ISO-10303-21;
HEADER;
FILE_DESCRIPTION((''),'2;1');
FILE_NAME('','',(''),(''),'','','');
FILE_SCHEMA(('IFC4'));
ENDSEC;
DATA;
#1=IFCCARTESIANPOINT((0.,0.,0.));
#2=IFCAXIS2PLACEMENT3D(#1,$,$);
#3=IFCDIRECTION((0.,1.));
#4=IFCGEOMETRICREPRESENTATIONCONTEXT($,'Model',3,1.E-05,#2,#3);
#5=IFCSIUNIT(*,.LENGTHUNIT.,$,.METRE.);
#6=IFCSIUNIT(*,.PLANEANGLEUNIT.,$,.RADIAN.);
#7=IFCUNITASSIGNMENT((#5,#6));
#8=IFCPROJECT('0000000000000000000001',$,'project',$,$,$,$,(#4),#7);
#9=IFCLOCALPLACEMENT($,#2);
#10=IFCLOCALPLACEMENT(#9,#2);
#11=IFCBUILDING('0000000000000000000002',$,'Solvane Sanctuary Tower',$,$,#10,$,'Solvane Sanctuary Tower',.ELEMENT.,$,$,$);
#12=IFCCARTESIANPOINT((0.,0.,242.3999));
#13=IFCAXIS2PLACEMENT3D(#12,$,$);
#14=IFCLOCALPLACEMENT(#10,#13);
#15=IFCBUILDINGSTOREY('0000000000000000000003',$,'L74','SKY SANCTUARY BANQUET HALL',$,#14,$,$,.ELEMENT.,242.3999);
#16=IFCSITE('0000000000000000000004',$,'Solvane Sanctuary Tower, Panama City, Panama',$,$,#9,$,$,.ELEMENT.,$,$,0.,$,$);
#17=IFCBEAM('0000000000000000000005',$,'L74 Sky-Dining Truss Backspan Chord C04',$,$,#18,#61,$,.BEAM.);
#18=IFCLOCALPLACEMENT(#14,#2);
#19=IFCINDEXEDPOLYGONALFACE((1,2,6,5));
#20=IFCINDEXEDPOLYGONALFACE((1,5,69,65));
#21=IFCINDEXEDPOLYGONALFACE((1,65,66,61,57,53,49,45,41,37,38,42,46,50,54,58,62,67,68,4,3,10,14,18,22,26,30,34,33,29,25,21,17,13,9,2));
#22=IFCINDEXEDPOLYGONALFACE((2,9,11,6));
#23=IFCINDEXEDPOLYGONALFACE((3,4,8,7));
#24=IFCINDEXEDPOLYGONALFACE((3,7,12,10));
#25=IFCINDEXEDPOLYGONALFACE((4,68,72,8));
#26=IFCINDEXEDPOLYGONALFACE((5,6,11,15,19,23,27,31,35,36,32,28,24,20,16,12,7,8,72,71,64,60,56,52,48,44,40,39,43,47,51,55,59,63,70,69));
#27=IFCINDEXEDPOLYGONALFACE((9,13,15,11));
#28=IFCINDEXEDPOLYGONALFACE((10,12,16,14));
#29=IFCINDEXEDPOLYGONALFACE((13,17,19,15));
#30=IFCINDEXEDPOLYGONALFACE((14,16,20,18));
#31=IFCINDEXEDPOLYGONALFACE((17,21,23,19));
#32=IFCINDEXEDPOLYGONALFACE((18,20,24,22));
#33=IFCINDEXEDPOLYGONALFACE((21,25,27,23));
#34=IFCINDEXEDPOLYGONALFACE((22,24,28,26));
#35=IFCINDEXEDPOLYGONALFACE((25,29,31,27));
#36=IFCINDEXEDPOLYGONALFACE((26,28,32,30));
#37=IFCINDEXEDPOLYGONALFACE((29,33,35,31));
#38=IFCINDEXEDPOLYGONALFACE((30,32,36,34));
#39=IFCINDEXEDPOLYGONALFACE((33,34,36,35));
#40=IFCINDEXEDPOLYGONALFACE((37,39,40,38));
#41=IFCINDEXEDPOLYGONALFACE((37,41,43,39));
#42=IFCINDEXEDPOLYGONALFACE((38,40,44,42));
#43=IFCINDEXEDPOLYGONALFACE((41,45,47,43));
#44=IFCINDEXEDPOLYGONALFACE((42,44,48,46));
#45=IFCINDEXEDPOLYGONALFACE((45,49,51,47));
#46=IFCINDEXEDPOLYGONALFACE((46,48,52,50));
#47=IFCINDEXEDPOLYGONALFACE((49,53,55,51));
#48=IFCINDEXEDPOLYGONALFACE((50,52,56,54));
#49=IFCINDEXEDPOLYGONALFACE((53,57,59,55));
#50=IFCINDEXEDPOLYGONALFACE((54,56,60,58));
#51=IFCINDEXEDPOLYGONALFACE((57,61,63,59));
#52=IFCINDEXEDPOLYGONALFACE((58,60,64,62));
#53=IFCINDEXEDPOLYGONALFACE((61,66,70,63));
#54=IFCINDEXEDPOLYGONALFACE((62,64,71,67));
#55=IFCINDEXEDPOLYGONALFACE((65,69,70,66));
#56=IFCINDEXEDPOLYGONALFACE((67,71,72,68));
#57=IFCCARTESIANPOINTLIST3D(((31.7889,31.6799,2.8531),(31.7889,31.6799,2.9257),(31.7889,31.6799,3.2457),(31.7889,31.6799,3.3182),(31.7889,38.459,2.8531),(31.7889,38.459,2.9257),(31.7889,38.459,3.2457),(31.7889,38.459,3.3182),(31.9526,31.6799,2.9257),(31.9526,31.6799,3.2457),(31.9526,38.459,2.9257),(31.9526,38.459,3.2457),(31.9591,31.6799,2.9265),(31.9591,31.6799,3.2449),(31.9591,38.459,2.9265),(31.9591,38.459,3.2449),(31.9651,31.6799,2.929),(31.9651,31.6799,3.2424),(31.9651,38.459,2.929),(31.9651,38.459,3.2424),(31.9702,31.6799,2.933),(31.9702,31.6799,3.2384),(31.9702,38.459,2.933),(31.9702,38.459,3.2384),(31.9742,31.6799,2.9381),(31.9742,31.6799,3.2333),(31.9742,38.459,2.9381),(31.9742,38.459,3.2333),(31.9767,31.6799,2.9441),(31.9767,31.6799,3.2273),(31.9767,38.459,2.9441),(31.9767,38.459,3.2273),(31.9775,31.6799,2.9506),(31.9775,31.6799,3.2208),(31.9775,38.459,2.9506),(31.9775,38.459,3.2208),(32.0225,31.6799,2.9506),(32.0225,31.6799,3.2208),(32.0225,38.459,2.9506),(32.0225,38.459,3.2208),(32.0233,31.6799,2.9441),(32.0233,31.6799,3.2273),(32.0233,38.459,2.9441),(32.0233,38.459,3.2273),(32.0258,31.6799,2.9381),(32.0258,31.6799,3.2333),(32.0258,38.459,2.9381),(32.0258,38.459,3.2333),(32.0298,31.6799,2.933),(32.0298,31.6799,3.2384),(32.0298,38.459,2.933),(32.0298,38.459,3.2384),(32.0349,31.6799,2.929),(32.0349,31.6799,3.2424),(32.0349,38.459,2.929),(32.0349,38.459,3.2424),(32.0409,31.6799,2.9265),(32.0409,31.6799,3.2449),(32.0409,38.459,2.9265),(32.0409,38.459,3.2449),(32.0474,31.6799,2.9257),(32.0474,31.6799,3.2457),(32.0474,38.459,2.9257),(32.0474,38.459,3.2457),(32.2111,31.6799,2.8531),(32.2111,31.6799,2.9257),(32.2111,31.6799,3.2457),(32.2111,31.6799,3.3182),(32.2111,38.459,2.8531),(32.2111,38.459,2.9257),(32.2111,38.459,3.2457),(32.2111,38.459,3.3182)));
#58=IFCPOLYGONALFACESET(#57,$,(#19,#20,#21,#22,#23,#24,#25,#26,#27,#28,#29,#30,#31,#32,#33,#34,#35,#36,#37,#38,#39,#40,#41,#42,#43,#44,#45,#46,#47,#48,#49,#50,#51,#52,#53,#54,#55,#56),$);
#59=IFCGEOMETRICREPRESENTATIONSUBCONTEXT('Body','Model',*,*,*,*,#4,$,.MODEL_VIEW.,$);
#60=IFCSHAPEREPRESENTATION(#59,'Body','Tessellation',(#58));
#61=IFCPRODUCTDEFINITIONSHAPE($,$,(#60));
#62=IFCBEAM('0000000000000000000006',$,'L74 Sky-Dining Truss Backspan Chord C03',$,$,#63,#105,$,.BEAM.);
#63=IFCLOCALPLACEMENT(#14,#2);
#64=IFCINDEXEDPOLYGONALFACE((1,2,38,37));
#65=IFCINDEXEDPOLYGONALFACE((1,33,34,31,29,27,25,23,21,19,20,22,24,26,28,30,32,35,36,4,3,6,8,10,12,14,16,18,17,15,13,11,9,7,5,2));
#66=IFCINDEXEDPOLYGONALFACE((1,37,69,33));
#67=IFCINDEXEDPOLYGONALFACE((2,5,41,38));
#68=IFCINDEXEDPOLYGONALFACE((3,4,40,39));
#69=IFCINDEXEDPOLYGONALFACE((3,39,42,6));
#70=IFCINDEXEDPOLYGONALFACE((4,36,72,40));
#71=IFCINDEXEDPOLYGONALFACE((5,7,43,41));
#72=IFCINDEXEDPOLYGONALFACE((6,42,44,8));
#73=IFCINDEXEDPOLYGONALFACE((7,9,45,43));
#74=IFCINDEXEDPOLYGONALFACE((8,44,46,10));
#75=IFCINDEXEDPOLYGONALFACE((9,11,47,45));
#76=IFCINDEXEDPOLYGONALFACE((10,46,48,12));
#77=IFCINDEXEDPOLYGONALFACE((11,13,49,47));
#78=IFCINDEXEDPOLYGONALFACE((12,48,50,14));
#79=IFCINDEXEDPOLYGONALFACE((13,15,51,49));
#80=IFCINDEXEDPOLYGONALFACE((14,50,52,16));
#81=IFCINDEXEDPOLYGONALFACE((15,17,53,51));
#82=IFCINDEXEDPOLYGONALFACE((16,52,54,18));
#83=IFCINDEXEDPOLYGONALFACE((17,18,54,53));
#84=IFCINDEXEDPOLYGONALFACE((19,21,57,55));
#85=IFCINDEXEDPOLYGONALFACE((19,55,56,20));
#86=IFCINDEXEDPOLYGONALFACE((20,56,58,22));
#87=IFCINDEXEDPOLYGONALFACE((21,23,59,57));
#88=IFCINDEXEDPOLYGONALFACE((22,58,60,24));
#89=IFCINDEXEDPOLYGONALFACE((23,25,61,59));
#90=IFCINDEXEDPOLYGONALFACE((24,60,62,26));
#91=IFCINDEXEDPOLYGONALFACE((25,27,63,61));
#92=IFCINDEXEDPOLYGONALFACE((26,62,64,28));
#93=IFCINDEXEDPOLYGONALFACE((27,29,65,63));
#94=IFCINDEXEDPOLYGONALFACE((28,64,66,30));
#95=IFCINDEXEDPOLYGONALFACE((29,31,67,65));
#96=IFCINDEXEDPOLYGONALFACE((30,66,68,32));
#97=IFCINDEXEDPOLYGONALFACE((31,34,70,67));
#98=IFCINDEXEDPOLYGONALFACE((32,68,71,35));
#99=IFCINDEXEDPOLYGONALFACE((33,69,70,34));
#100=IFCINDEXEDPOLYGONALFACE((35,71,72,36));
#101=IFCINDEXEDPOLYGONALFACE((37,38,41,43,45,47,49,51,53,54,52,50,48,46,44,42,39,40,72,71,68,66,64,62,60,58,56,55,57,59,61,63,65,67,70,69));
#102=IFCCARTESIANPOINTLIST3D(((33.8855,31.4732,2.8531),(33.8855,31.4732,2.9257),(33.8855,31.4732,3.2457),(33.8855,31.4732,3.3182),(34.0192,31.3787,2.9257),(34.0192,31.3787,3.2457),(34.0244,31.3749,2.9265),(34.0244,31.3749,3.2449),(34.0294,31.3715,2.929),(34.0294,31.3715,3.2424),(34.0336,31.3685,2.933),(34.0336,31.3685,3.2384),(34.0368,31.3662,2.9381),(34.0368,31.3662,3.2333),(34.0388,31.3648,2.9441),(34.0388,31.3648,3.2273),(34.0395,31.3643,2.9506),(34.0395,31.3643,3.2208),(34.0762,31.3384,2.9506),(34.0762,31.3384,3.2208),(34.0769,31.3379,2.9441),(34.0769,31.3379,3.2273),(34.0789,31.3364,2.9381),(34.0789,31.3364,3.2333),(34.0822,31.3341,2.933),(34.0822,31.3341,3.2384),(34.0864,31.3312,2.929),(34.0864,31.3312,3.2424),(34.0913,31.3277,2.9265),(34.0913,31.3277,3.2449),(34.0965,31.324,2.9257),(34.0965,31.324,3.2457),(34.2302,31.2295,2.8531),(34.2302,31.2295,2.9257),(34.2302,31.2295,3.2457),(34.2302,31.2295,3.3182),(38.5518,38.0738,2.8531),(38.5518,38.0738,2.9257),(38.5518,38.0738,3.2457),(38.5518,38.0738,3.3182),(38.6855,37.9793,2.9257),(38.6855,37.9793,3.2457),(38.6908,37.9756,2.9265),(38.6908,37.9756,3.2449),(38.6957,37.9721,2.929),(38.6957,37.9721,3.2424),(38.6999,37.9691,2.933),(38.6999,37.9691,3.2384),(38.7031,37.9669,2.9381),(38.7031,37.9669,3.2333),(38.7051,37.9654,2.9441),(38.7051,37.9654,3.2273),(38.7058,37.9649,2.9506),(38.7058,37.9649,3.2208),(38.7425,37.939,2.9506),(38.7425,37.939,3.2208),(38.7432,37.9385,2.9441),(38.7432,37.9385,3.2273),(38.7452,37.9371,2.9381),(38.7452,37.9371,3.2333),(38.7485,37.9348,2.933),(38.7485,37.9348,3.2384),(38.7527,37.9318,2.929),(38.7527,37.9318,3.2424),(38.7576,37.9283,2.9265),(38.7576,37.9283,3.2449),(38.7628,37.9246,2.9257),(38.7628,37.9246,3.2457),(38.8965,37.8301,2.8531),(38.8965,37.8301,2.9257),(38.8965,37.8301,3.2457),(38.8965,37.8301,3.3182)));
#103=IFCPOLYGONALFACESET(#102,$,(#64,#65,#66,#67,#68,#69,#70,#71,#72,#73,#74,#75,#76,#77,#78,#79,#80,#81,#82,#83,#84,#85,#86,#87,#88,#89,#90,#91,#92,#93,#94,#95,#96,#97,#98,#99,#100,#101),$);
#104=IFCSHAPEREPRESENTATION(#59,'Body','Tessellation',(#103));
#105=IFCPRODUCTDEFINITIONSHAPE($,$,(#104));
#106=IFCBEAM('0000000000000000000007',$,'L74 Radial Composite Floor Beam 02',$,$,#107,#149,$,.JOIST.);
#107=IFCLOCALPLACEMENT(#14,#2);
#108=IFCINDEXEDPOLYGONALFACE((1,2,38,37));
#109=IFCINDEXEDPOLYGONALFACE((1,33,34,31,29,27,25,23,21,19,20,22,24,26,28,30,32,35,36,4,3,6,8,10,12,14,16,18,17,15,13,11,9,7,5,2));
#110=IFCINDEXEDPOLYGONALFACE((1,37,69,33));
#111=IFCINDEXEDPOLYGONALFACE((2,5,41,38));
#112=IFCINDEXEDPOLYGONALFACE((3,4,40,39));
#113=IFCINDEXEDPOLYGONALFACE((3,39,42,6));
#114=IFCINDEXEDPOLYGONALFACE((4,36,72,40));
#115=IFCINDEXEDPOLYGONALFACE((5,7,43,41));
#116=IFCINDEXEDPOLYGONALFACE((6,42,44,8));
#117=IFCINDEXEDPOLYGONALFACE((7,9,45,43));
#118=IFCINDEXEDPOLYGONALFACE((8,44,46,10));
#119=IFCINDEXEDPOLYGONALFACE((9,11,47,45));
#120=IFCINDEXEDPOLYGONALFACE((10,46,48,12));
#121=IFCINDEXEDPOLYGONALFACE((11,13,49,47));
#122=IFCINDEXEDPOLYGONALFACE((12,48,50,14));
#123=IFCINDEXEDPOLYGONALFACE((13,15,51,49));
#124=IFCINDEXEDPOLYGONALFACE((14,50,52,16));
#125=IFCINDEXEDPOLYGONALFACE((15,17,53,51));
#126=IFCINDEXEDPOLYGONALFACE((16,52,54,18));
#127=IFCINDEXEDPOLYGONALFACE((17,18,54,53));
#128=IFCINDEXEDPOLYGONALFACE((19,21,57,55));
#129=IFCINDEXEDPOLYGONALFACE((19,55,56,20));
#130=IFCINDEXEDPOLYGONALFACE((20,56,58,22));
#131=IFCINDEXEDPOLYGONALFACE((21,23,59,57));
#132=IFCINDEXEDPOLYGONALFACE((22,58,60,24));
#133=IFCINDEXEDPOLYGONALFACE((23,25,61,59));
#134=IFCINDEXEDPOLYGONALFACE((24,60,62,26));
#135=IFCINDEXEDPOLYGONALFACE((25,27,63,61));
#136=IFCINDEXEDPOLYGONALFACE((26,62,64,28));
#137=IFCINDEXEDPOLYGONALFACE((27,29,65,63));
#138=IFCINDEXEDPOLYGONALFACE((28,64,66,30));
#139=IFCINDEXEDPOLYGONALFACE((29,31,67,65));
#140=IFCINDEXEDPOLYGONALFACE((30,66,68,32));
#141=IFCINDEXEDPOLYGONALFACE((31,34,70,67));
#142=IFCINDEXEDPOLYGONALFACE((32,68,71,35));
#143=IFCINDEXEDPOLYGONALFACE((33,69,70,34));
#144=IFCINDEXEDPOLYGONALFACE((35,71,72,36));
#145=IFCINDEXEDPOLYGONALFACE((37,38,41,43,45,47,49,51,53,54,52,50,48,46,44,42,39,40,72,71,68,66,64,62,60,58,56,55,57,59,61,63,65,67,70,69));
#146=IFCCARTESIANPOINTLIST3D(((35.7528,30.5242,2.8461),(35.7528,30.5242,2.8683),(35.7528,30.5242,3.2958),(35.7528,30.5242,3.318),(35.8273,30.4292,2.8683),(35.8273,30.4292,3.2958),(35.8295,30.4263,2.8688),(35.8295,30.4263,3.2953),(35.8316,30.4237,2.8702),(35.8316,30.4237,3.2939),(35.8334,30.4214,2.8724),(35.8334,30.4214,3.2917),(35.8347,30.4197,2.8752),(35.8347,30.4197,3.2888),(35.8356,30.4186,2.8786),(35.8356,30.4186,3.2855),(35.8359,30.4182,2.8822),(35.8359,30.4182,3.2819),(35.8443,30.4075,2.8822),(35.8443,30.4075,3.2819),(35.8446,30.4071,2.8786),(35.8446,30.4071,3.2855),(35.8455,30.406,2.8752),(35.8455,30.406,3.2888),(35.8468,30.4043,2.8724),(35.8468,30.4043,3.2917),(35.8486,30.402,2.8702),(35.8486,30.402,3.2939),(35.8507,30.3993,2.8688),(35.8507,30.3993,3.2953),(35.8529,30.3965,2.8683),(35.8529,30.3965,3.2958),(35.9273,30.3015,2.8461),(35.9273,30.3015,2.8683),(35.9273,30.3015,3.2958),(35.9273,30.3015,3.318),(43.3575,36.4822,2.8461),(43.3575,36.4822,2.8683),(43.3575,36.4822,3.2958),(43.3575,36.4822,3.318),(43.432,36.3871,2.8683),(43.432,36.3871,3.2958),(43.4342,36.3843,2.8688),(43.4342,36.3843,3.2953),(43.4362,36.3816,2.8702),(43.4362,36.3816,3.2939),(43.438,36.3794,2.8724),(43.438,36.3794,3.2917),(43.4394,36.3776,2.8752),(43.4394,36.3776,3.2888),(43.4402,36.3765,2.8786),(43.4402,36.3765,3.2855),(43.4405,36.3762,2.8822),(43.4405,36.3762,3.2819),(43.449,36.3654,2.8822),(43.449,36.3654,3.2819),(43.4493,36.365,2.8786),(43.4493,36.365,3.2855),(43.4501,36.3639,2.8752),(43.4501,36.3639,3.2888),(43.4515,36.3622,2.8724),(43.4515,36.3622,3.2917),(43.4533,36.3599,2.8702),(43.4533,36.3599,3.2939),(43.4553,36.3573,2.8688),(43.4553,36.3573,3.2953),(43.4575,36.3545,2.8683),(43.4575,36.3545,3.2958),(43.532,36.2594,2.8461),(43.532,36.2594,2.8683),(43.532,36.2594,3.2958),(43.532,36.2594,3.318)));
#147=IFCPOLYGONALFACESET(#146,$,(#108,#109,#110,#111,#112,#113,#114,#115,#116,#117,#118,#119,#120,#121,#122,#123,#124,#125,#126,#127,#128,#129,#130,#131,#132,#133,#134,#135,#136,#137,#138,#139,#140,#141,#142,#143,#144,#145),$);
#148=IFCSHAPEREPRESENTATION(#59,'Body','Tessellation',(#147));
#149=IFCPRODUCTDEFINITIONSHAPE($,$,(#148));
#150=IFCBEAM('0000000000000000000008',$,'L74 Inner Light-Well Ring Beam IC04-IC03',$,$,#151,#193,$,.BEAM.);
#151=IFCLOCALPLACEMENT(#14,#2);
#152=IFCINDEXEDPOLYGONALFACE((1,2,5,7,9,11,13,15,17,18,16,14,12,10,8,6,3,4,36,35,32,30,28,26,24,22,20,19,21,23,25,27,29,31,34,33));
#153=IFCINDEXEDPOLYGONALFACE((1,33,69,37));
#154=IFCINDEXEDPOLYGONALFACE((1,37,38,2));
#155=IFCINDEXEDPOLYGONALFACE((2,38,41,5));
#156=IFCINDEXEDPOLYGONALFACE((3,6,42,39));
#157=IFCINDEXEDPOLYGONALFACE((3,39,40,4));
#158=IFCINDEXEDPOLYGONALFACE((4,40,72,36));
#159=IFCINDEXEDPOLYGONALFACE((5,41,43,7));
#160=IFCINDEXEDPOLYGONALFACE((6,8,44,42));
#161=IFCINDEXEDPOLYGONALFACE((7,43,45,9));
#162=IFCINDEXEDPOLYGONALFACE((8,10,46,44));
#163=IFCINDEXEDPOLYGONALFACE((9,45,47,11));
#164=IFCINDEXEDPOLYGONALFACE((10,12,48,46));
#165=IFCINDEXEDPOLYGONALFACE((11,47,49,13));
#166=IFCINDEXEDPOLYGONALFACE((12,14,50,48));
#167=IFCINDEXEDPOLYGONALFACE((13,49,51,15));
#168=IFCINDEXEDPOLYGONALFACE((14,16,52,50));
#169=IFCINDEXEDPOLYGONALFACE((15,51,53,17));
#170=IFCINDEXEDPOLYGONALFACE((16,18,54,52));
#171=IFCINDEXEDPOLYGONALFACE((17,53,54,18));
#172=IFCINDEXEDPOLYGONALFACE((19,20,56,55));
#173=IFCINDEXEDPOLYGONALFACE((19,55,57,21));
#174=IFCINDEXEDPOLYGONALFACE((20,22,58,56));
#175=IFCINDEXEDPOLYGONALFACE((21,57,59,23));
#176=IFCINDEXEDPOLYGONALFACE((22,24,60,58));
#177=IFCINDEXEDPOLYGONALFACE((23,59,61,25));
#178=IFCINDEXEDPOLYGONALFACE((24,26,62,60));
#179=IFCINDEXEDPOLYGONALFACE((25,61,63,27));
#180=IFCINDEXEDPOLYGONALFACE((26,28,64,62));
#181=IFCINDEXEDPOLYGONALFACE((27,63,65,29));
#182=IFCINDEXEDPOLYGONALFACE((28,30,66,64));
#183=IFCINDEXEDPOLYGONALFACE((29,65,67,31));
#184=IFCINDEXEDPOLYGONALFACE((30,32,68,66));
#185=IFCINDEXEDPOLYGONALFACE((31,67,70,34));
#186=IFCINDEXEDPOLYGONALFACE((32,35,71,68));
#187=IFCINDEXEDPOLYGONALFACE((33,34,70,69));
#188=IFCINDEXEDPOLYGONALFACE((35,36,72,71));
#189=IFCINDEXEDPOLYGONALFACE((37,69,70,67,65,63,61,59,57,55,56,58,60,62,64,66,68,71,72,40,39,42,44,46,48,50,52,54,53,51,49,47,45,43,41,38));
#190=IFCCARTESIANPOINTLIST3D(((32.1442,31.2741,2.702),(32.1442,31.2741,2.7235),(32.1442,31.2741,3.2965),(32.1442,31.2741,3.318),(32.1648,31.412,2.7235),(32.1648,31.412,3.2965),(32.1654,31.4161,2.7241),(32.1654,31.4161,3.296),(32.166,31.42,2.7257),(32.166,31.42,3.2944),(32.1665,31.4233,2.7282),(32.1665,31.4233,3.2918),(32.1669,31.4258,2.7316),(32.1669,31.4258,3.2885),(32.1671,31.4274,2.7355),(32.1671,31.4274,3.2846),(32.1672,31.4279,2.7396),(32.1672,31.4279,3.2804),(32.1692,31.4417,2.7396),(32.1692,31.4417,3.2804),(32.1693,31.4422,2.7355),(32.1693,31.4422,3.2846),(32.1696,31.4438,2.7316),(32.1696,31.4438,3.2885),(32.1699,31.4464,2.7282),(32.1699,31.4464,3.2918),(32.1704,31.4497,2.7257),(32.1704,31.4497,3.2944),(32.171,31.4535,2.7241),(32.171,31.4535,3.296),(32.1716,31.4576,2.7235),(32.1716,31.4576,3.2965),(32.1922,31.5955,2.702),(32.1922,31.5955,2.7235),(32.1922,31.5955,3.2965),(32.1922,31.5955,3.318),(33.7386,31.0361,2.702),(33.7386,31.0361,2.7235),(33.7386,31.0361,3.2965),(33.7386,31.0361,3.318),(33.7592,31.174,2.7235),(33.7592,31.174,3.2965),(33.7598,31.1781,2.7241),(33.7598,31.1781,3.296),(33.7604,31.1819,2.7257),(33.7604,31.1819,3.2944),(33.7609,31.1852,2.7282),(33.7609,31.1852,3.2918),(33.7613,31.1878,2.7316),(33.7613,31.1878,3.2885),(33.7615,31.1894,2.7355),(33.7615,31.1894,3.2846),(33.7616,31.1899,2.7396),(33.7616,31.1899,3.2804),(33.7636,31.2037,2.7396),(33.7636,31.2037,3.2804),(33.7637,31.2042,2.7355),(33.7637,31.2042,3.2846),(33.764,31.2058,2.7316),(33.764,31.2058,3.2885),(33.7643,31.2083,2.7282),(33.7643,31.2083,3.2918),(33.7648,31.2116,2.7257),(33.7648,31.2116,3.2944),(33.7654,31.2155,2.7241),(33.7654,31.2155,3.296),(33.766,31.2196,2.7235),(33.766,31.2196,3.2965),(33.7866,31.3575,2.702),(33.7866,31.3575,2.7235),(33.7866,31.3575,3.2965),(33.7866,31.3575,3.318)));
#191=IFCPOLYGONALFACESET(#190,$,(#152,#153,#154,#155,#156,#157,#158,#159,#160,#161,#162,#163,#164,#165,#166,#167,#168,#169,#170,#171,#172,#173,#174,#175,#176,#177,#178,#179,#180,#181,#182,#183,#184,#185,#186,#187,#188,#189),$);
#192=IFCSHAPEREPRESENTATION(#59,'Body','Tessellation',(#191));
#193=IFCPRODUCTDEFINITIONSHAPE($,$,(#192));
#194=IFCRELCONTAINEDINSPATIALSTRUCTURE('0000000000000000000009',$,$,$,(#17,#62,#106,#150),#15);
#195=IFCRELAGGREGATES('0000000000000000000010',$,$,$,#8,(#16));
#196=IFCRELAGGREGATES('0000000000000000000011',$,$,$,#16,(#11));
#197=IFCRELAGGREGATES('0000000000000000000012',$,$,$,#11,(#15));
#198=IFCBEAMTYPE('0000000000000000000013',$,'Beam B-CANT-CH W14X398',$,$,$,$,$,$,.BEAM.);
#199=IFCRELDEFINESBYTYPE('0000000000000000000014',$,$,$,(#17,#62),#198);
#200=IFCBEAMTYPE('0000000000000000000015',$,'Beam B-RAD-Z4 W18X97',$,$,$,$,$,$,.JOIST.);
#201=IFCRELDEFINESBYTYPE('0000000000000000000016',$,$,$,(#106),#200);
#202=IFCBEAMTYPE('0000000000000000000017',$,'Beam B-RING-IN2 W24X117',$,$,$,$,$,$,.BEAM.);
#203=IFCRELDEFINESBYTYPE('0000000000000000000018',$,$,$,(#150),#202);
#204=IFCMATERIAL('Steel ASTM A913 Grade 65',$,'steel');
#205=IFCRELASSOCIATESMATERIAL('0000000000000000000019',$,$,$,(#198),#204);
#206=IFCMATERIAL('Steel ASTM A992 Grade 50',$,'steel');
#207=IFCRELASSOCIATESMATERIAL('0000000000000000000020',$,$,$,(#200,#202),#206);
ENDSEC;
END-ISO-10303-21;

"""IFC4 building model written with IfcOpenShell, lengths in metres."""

from ifc_helpers import new_model, si_unit, direction, frame, origin, origin_2d, place, context, subcontext, project, spatial, i_section, extrude, material, material_profile, profile_set, type_object, element, save


model = new_model("IFC4")

# Units and contexts
model_context = context("Model", 3, precision=1e-05, world=origin(), true_north=direction((0.0, 1.0)))
body_context = subcontext(model_context, "Body", "Model", "MODEL_VIEW")
ifc_project = project(units=[si_unit("LENGTHUNIT", "METRE"), si_unit("PLANEANGLEUNIT", "RADIAN")], contexts=[model_context])

# Site, building, storey
site_placement = place(None, origin())
site = spatial("IfcSite", under=ifc_project, at=site_placement, Name="Solvane Sanctuary Tower, Panama City, Panama", CompositionType="ELEMENT", RefElevation=0.0)
building_placement = place(site_placement, origin())
building = spatial("IfcBuilding", under=site, at=building_placement, Name="Solvane Sanctuary Tower", LongName="Solvane Sanctuary Tower", CompositionType="ELEMENT")
storey_placement = place(building_placement, frame((0.0, 0.0, 242.3999)))
storey = spatial("IfcBuildingStorey", under=building, at=storey_placement, Name="L74", Description="SKY SANCTUARY BANQUET HALL", CompositionType="ELEMENT", Elevation=242.3999)

# Shared definitions
ifc_material_1 = material(Name="Steel ASTM A913 Grade 65", Category="steel")

# Beams
ifc_material_profile_1 = material_profile(ifc_material_1, i_section(OverallWidth=0.4221, OverallDepth=0.4651, WebThickness=0.0449, FlangeThickness=0.0725, FilletRadius=0.0249, at=origin_2d()), Name="W14X398")
ifc_profile_set_1 = profile_set([ifc_material_profile_1], Name="Steel ASTM A913 Grade 65")
beam_type_1 = type_object("IfcBeamType", Name="Beam B-CANT-CH W14X398", PredefinedType="BEAM", material=ifc_profile_set_1)
beam_1_placement = place(storey_placement, frame((32.0, 31.6799, 3.0857), z_axis=(0.0, 1.0, 0.0), x_axis=(-1.0, 0.0, 0.0)))
element("IfcBeam", 1, at=beam_1_placement, inside=storey, type_object=beam_type_1, Name="L74 Sky-Dining Truss Backspan Chord C04", PredefinedType="BEAM", context=body_context, shape_type="SweptSolid", body=[
    extrude(i_section(OverallWidth=0.4221, OverallDepth=0.4651, WebThickness=0.0449, FlangeThickness=0.0725, FilletRadius=0.0249, at=origin_2d()), origin(), (0.0, 0.0, 1.0), 6.7791),
])
beam_2_placement = place(storey_placement, frame((34.0579, 31.3513, 3.0857), z_axis=(0.577263, 0.816558, 0.0), x_axis=(-0.816558, 0.577263, 0.0)))
element("IfcBeam", 2, at=beam_2_placement, inside=storey, type_object=beam_type_1, Name="L74 Sky-Dining Truss Backspan Chord C03", PredefinedType="BEAM", context=body_context, shape_type="SweptSolid", body=[
    extrude(i_section(OverallWidth=0.4221, OverallDepth=0.4651, WebThickness=0.0449, FlangeThickness=0.0725, FilletRadius=0.0249, at=origin_2d()), origin(), (0.0, 0.0, 1.0), 8.0835),
])
ifc_material_2 = material(Name="Steel ASTM A992 Grade 50", Category="steel")
ifc_material_profile_2 = material_profile(ifc_material_2, i_section(OverallWidth=0.283, OverallDepth=0.4719, WebThickness=0.0137, FlangeThickness=0.0222, FilletRadius=0.0139, at=origin_2d()), Name="W18X97")
ifc_profile_set_2 = profile_set([ifc_material_profile_2], Name="Steel ASTM A992 Grade 50")
beam_type_2 = type_object("IfcBeamType", Name="Beam B-RAD-Z4 W18X97", PredefinedType="JOIST", material=ifc_profile_set_2)
beam_3_placement = place(storey_placement, frame((35.8401, 30.4128, 3.082), z_axis=(0.78718, 0.616724, 0.0), x_axis=(-0.616724, 0.78718, 0.0)))
element("IfcBeam", 3, at=beam_3_placement, inside=storey, type_object=beam_type_2, Name="L74 Radial Composite Floor Beam 02", PredefinedType="JOIST", context=body_context, shape_type="SweptSolid", body=[
    extrude(i_section(OverallWidth=0.283, OverallDepth=0.4719, WebThickness=0.0137, FlangeThickness=0.0222, FilletRadius=0.0139, at=origin_2d()), origin(), (0.0, 0.0, 1.0), 9.6606),
])
ifc_material_profile_3 = material_profile(ifc_material_2, i_section(OverallWidth=0.325, OverallDepth=0.616, WebThickness=0.0139, FlangeThickness=0.0215, FilletRadius=0.0161, at=origin_2d()), Name="W24X117")
ifc_profile_set_3 = profile_set([ifc_material_profile_3], Name="Steel ASTM A992 Grade 50")
beam_type_3 = type_object("IfcBeamType", Name="Beam B-RING-IN2 W24X117", PredefinedType="BEAM", material=ifc_profile_set_3)
beam_4_placement = place(storey_placement, frame((32.1682, 31.4348, 3.01), z_axis=(0.989039, -0.147652, 0.0), x_axis=(0.147652, 0.989039, 0.0)))
element("IfcBeam", 4, at=beam_4_placement, inside=storey, type_object=beam_type_3, Name="L74 Inner Light-Well Ring Beam IC04-IC03", PredefinedType="BEAM", context=body_context, shape_type="SweptSolid", body=[
    extrude(i_section(OverallWidth=0.325, OverallDepth=0.616, WebThickness=0.0139, FlangeThickness=0.0215, FilletRadius=0.0161, at=origin_2d()), origin(), (0.0, 0.0, 1.0), 1.6121),
])

save(model, "model.ifc")
